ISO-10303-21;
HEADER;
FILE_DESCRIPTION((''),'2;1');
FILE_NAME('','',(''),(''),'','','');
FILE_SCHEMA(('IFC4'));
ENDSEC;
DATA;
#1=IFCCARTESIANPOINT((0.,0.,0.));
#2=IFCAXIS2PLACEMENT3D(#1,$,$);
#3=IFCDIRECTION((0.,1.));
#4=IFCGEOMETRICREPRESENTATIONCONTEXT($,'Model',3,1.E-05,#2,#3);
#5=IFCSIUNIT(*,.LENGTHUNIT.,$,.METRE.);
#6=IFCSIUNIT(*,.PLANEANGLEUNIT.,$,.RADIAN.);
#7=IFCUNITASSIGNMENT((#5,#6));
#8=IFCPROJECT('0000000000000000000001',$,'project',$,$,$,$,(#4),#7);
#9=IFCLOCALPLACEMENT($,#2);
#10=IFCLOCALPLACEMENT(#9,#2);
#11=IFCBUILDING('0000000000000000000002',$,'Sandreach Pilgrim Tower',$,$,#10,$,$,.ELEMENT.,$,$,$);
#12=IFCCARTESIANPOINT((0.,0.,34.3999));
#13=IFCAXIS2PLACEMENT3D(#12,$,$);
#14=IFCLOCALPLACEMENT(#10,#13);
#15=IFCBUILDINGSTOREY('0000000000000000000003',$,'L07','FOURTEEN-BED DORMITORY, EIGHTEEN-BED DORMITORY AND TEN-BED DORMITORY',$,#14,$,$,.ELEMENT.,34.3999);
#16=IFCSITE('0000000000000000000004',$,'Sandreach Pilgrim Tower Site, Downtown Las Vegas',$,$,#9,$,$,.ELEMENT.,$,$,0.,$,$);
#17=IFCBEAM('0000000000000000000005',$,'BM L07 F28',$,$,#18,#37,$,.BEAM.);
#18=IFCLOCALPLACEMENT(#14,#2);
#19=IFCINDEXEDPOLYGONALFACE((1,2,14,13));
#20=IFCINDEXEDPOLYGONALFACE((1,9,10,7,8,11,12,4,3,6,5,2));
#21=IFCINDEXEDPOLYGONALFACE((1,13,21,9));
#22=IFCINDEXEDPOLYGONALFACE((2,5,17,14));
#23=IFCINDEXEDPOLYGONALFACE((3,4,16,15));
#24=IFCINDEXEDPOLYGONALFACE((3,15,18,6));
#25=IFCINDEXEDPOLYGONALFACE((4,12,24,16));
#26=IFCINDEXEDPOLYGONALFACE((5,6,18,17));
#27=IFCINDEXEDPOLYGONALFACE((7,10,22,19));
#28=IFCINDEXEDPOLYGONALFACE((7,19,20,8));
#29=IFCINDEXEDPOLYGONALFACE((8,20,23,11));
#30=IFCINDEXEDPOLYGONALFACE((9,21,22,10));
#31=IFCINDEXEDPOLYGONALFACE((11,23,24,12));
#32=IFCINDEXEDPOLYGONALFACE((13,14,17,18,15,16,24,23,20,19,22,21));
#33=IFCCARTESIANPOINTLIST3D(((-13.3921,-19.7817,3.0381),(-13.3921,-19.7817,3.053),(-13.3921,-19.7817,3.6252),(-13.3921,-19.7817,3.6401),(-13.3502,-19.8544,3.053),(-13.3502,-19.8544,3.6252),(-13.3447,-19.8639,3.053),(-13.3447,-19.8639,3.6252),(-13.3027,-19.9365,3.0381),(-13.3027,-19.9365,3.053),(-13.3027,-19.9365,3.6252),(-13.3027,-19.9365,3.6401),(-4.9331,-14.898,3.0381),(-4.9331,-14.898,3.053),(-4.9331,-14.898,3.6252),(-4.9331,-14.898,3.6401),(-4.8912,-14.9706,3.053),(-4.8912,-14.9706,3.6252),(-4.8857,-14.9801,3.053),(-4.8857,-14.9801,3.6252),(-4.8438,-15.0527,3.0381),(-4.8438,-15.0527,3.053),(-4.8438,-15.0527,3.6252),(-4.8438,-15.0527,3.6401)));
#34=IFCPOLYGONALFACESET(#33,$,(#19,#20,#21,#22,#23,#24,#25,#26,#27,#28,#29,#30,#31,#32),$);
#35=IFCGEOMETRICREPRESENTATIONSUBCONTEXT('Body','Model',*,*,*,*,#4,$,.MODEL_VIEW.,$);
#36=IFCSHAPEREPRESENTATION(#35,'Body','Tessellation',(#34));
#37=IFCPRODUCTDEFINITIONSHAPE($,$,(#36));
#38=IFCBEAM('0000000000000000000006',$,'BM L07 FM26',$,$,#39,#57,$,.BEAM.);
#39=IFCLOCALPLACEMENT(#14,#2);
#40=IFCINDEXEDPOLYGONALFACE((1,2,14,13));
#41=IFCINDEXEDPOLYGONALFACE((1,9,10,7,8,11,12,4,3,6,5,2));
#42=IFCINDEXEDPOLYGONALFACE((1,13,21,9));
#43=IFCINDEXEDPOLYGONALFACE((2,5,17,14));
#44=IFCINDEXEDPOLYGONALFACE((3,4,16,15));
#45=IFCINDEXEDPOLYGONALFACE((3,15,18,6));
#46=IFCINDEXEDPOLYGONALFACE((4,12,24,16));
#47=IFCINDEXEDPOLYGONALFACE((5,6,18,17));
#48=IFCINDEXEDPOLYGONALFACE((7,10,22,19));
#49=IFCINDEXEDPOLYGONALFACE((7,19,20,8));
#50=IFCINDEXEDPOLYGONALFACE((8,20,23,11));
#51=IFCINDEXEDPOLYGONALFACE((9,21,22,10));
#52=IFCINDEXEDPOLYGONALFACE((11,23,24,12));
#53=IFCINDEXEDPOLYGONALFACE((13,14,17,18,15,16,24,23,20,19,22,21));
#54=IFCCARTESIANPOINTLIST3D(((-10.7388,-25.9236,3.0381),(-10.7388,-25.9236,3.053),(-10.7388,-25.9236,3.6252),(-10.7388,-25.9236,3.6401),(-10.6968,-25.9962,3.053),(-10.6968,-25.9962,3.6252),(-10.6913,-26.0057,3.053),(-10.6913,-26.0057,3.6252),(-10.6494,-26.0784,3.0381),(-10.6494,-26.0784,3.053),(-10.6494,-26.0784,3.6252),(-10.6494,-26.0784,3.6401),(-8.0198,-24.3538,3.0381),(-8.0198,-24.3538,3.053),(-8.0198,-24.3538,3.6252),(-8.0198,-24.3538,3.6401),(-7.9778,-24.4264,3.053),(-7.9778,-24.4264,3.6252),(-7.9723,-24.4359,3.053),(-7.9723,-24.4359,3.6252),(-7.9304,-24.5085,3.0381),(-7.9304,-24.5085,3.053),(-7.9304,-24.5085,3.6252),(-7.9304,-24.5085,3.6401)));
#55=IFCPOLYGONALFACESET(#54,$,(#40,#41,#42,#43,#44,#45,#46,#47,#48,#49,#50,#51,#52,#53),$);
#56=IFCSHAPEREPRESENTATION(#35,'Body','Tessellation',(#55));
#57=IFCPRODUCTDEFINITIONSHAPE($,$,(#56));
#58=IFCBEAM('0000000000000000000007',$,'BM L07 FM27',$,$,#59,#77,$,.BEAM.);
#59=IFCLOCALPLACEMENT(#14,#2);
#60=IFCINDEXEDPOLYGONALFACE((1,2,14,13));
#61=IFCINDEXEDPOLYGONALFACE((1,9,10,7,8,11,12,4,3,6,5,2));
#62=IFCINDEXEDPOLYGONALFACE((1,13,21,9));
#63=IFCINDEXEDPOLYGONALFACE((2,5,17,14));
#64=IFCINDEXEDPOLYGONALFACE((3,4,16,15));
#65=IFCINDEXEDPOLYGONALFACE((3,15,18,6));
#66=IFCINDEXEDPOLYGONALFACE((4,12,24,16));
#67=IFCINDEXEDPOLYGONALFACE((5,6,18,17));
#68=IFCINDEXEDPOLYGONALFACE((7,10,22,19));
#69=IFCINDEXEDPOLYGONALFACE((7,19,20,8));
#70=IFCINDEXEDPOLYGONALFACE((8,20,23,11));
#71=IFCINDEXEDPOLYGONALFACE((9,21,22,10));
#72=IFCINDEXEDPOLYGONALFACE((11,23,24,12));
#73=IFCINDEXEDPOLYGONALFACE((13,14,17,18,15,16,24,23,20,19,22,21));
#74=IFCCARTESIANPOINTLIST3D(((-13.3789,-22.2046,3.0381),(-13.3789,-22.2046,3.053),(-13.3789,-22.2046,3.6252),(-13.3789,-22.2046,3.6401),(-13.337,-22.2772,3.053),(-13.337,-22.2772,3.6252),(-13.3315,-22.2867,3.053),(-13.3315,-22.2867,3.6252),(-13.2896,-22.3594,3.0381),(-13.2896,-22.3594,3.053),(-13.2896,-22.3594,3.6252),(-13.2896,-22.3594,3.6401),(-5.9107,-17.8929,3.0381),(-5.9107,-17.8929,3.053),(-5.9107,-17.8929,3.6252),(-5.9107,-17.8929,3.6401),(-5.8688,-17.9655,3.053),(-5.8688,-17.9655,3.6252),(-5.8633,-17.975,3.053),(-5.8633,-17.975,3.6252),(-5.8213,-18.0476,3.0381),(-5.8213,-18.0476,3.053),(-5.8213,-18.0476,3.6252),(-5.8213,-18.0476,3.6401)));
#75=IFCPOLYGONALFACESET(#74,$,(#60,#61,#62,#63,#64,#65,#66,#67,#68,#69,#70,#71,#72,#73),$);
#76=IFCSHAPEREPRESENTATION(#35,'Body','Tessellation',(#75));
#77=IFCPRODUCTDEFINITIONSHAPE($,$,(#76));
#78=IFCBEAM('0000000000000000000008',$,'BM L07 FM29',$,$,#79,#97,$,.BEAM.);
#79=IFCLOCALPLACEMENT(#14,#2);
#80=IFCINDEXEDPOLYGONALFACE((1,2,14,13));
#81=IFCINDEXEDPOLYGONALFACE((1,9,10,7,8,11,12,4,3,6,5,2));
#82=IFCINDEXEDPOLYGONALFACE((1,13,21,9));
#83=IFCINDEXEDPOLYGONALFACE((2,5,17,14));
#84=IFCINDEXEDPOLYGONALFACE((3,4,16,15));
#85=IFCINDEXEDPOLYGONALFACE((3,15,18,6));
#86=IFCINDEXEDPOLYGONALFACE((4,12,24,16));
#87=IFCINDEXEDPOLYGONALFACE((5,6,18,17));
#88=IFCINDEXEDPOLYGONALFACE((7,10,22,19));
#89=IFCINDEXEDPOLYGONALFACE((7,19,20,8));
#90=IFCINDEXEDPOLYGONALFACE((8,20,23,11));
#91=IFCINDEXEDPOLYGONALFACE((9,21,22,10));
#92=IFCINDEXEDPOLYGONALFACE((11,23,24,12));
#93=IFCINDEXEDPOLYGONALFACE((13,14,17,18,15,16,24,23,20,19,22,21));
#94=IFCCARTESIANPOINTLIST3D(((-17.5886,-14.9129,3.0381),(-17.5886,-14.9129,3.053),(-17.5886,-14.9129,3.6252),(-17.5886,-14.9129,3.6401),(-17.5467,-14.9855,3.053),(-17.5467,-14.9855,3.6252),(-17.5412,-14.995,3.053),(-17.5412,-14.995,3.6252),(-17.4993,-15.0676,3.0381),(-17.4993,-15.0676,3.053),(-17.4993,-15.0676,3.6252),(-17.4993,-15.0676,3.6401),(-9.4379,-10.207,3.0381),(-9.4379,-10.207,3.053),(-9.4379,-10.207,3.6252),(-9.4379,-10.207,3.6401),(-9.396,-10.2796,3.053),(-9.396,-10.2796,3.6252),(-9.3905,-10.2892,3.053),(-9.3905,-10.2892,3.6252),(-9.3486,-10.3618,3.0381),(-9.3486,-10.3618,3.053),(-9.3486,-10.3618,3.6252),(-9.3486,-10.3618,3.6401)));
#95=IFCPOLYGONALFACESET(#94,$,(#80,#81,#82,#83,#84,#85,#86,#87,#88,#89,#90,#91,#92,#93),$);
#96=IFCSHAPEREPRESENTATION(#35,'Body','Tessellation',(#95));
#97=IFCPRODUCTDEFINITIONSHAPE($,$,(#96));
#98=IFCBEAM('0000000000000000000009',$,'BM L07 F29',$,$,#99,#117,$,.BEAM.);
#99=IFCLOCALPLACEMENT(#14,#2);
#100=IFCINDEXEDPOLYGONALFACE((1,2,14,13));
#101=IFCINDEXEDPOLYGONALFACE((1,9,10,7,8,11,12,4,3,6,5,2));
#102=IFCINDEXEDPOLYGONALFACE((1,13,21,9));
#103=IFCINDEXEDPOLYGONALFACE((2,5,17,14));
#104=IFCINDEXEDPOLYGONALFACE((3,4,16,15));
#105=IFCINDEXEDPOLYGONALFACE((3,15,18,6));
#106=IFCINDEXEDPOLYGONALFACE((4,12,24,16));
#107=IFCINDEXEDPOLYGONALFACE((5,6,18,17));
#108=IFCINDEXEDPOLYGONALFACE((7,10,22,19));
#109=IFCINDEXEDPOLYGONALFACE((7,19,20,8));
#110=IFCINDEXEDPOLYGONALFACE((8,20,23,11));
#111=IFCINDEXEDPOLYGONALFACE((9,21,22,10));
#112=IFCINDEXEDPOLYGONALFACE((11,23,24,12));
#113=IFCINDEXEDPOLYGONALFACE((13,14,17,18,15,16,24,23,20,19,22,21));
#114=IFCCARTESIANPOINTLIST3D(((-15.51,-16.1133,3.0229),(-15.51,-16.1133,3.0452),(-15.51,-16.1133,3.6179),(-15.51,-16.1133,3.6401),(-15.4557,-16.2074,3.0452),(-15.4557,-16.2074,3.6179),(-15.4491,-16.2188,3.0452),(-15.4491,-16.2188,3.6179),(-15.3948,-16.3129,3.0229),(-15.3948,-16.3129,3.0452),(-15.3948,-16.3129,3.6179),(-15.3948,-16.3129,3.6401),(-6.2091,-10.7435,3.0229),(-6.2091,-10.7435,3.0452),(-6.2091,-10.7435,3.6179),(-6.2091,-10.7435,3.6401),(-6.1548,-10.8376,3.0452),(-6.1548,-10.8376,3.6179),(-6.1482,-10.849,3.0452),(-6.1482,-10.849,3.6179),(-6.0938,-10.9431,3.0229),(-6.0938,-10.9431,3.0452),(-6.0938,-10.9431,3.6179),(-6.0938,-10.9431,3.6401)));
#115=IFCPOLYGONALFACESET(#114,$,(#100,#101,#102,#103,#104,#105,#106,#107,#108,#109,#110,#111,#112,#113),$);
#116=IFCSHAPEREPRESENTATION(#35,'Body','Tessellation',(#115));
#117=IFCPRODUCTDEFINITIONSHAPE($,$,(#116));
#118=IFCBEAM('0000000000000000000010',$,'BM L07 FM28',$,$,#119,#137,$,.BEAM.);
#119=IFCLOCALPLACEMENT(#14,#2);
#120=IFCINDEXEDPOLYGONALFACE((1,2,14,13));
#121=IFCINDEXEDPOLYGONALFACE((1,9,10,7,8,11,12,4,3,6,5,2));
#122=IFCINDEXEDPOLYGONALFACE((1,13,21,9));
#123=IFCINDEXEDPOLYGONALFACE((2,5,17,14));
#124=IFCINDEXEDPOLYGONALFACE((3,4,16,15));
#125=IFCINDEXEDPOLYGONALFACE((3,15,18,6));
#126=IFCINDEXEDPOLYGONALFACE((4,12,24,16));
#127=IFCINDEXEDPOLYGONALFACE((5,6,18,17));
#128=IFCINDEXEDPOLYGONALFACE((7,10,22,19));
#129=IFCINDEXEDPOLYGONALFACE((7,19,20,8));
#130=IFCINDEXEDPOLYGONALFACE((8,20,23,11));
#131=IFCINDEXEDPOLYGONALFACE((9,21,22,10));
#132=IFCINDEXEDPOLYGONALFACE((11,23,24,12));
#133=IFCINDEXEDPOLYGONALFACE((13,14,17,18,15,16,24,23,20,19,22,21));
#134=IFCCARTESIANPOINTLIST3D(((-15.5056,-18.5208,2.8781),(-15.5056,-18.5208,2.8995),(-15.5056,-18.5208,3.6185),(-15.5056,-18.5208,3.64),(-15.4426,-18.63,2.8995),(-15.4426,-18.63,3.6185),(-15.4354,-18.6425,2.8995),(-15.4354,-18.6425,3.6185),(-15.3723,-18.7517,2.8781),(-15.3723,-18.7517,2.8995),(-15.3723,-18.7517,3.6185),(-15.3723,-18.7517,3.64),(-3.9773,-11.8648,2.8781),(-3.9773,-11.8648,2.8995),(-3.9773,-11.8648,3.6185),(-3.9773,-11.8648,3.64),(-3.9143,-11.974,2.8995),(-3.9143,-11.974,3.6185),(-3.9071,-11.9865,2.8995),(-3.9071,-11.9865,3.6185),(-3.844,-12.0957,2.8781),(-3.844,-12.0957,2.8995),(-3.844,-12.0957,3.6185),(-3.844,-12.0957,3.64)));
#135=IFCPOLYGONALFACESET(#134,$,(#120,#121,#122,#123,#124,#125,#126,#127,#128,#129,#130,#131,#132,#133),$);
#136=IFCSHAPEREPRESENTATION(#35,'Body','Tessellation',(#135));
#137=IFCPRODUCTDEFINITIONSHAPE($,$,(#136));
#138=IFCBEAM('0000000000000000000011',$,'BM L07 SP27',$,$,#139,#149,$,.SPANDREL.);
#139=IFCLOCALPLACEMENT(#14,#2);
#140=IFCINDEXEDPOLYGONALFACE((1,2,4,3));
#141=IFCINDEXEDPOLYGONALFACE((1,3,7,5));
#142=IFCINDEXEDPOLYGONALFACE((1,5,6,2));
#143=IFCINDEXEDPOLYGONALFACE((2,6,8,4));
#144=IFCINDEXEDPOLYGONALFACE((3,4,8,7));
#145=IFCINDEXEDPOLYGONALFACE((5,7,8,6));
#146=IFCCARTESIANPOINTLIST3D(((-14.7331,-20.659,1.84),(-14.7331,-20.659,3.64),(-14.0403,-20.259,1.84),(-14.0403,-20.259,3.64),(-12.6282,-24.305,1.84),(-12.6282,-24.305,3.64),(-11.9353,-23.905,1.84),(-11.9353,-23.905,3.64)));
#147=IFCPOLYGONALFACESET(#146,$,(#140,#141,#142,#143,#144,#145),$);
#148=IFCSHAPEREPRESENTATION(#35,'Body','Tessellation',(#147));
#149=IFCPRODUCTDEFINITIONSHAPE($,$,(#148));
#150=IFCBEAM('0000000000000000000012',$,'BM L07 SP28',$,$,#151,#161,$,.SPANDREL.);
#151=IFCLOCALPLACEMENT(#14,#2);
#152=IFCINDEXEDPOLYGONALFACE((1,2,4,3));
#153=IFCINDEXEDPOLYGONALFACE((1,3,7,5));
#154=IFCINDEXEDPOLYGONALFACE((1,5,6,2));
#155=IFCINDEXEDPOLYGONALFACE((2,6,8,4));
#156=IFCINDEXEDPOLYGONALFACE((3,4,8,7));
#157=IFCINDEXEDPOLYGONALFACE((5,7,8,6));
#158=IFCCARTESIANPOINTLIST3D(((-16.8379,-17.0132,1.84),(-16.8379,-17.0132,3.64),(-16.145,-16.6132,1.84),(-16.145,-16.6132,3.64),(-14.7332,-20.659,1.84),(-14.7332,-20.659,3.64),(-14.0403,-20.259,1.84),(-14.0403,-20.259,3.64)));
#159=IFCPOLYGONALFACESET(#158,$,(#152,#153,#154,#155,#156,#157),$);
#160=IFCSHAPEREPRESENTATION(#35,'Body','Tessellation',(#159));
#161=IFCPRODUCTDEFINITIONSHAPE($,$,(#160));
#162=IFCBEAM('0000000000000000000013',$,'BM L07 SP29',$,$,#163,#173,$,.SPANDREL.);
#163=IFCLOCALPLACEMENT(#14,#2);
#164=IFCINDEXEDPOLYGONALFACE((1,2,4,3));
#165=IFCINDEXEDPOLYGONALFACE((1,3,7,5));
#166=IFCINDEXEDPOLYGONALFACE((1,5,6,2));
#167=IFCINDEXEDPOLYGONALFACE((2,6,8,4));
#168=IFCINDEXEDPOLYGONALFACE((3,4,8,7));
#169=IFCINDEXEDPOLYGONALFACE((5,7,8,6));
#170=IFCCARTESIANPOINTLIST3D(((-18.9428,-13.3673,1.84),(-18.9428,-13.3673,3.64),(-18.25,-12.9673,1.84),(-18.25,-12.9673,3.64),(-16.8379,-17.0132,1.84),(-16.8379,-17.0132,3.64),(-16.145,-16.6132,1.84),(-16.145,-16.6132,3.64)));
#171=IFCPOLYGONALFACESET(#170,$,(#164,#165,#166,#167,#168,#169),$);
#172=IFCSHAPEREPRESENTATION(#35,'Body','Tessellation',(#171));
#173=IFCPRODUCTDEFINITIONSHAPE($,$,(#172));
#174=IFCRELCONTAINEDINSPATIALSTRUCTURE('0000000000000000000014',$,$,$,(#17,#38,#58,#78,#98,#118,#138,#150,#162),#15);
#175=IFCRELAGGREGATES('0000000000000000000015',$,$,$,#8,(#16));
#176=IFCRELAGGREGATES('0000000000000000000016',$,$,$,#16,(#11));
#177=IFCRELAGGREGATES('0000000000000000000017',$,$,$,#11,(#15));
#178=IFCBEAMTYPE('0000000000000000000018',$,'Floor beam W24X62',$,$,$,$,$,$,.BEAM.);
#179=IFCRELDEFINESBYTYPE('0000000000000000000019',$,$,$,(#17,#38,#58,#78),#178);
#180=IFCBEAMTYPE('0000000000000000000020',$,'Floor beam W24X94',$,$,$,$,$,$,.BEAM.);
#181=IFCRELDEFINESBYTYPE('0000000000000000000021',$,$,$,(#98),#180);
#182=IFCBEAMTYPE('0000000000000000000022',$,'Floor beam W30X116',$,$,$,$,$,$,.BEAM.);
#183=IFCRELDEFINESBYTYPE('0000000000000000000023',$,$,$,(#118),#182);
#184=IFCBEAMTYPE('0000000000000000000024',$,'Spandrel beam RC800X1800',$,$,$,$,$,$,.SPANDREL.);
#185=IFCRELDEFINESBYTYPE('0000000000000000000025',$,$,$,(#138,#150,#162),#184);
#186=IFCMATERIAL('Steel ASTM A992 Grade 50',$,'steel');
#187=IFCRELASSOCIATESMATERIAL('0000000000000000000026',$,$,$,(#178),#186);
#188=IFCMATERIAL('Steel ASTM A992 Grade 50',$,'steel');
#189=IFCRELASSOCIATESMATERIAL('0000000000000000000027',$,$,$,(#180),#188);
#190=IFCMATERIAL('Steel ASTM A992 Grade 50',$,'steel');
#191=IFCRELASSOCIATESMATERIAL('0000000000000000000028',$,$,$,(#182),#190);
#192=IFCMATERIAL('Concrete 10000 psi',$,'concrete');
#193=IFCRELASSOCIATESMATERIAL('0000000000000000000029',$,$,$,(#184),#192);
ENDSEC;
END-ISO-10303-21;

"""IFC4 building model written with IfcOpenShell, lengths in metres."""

from ifc_helpers import new_model, si_unit, direction, frame, origin, origin_2d, place, context, subcontext, project, spatial, rectangle, i_section, extrude, material, material_profile, profile_set, type_object, element, save


model = new_model("IFC4")

# Units and contexts
model_context = context("Model", 3, precision=1e-05, world=origin(), true_north=direction((0.0, 1.0)))
body_context = subcontext(model_context, "Body", "Model", "MODEL_VIEW")
ifc_project = project(units=[si_unit("LENGTHUNIT", "METRE"), si_unit("PLANEANGLEUNIT", "RADIAN")], contexts=[model_context])

# Site, building, storey
site_placement = place(None, origin())
site = spatial("IfcSite", under=ifc_project, at=site_placement, Name="Sandreach Pilgrim Tower Site, Downtown Las Vegas", CompositionType="ELEMENT", RefElevation=0.0)
building_placement = place(site_placement, origin())
building = spatial("IfcBuilding", under=site, at=building_placement, Name="Sandreach Pilgrim Tower", CompositionType="ELEMENT")
storey_placement = place(building_placement, frame((0.0, 0.0, 34.3999)))
storey = spatial("IfcBuildingStorey", under=building, at=storey_placement, Name="L07", Description="FOURTEEN-BED DORMITORY, EIGHTEEN-BED DORMITORY AND TEN-BED DORMITORY", CompositionType="ELEMENT", Elevation=34.3999)

# Beams
ifc_material_1 = material(Name="Steel ASTM A992 Grade 50", Category="steel")
ifc_material_profile_1 = material_profile(ifc_material_1, i_section(OverallWidth=0.1787, OverallDepth=0.6021, WebThickness=0.011, FlangeThickness=0.0149, at=origin_2d()), Name="W24X62")
ifc_profile_set_1 = profile_set([ifc_material_profile_1], Name="Steel ASTM A992 Grade 50")
beam_type_1 = type_object("IfcBeamType", Name="Floor beam W24X62", PredefinedType="BEAM", material=ifc_profile_set_1)
beam_1_placement = place(storey_placement, frame((-13.3474, -19.8591, 3.3391), z_axis=(0.866026, 0.499999, 0.0), x_axis=(-0.499999, 0.866026, 0.0)))
element("IfcBeam", 1, at=beam_1_placement, inside=storey, type_object=beam_type_1, Name="BM L07 F28", PredefinedType="BEAM", context=body_context, shape_type="SweptSolid", body=[
    extrude(i_section(OverallWidth=0.1787, OverallDepth=0.6021, WebThickness=0.011, FlangeThickness=0.0149, at=origin_2d()), origin(), (0.0, 0.0, 1.0), 9.7676),
])
beam_2_placement = place(storey_placement, frame((-10.6941, -26.001, 3.3391), z_axis=(0.866024, 0.500003, 0.0), x_axis=(-0.500003, 0.866024, 0.0)))
element("IfcBeam", 2, at=beam_2_placement, inside=storey, type_object=beam_type_1, Name="BM L07 FM26", PredefinedType="BEAM", context=body_context, shape_type="SweptSolid", body=[
    extrude(i_section(OverallWidth=0.1787, OverallDepth=0.6021, WebThickness=0.011, FlangeThickness=0.0149, at=origin_2d()), origin(), (0.0, 0.0, 1.0), 3.1396),
])
beam_3_placement = place(storey_placement, frame((-13.3342, -22.282, 3.3391), z_axis=(0.866027, 0.499997, 0.0), x_axis=(-0.499997, 0.866027, 0.0)))
element("IfcBeam", 3, at=beam_3_placement, inside=storey, type_object=beam_type_1, Name="BM L07 FM27", PredefinedType="BEAM", context=body_context, shape_type="SweptSolid", body=[
    extrude(i_section(OverallWidth=0.1787, OverallDepth=0.6021, WebThickness=0.011, FlangeThickness=0.0149, at=origin_2d()), origin(), (0.0, 0.0, 1.0), 8.6235),
])
beam_4_placement = place(storey_placement, frame((-17.5439, -14.9902, 3.3391), z_axis=(0.866024, 0.500003, 0.0), x_axis=(-0.500003, 0.866024, 0.0)))
element("IfcBeam", 4, at=beam_4_placement, inside=storey, type_object=beam_type_1, Name="BM L07 FM29", PredefinedType="BEAM", context=body_context, shape_type="SweptSolid", body=[
    extrude(i_section(OverallWidth=0.1787, OverallDepth=0.6021, WebThickness=0.011, FlangeThickness=0.0149, at=origin_2d()), origin(), (0.0, 0.0, 1.0), 9.4116),
])
ifc_material_2 = material(Name="Steel ASTM A992 Grade 50", Category="steel")
ifc_material_profile_2 = material_profile(ifc_material_2, i_section(OverallWidth=0.2305, OverallDepth=0.6172, WebThickness=0.0132, FlangeThickness=0.0222, at=origin_2d()), Name="W24X94")
ifc_profile_set_2 = profile_set([ifc_material_profile_2], Name="Steel ASTM A992 Grade 50")
beam_type_2 = type_object("IfcBeamType", Name="Floor beam W24X94", PredefinedType="BEAM", material=ifc_profile_set_2)
beam_5_placement = place(storey_placement, frame((-15.4524, -16.2131, 3.3315), z_axis=(0.866028, 0.499995, 0.0), x_axis=(-0.499995, 0.866028, 0.0)))
element("IfcBeam", 5, at=beam_5_placement, inside=storey, type_object=beam_type_2, Name="BM L07 F29", PredefinedType="BEAM", context=body_context, shape_type="SweptSolid", body=[
    extrude(i_section(OverallWidth=0.2305, OverallDepth=0.6172, WebThickness=0.0132, FlangeThickness=0.0222, at=origin_2d()), origin(), (0.0, 0.0, 1.0), 10.7397),
])
ifc_material_3 = material(Name="Steel ASTM A992 Grade 50", Category="steel")
ifc_material_profile_3 = material_profile(ifc_material_3, i_section(OverallWidth=0.2666, OverallDepth=0.762, WebThickness=0.0144, FlangeThickness=0.0215, at=origin_2d()), Name="W30X116")
ifc_profile_set_3 = profile_set([ifc_material_profile_3], Name="Steel ASTM A992 Grade 50")
beam_type_3 = type_object("IfcBeamType", Name="Floor beam W30X116", PredefinedType="BEAM", material=ifc_profile_set_3)
beam_6_placement = place(storey_placement, frame((-15.439, -18.6362, 3.259), z_axis=(0.866021, 0.500007, 0.0), x_axis=(-0.500007, 0.866021, 0.0)))
element("IfcBeam", 6, at=beam_6_placement, inside=storey, type_object=beam_type_3, Name="BM L07 FM28", PredefinedType="BEAM", context=body_context, shape_type="SweptSolid", body=[
    extrude(i_section(OverallWidth=0.2666, OverallDepth=0.762, WebThickness=0.0144, FlangeThickness=0.0215, at=origin_2d()), origin(), (0.0, 0.0, 1.0), 13.3118),
])
ifc_material_4 = material(Name="Concrete 10000 psi", Category="concrete")
ifc_material_profile_4 = material_profile(ifc_material_4, rectangle(XDim=0.8, YDim=1.8, at=origin_2d()), Name="RC800X1800")
ifc_profile_set_4 = profile_set([ifc_material_profile_4], Name="Concrete 10000 psi")
beam_type_4 = type_object("IfcBeamType", Name="Spandrel beam RC800X1800", PredefinedType="SPANDREL", material=ifc_profile_set_4)
beam_7_placement = place(storey_placement, frame((-12.2817, -24.105, 2.74), z_axis=(-0.499994, 0.866029, 0.0), x_axis=(-0.866029, -0.499994, 0.0)))
element("IfcBeam", 7, at=beam_7_placement, inside=storey, type_object=beam_type_4, Name="BM L07 SP27", PredefinedType="SPANDREL", context=body_context, shape_type="SweptSolid", body=[
    extrude(rectangle(XDim=0.8, YDim=1.8, at=origin_2d()), origin(), (0.0, 0.0, 1.0), 4.21),
])
beam_8_placement = place(storey_placement, frame((-14.3867, -20.459, 2.74), z_axis=(-0.499975, 0.86604, 0.0), x_axis=(-0.86604, -0.499975, 0.0)))
element("IfcBeam", 8, at=beam_8_placement, inside=storey, type_object=beam_type_4, Name="BM L07 SP28", PredefinedType="SPANDREL", context=body_context, shape_type="SweptSolid", body=[
    extrude(rectangle(XDim=0.8, YDim=1.8, at=origin_2d()), origin(), (0.0, 0.0, 1.0), 4.2097),
])
beam_9_placement = place(storey_placement, frame((-16.4915, -16.8132, 2.74), z_axis=(-0.499994, 0.866029, 0.0), x_axis=(-0.866029, -0.499994, 0.0)))
element("IfcBeam", 9, at=beam_9_placement, inside=storey, type_object=beam_type_4, Name="BM L07 SP29", PredefinedType="SPANDREL", context=body_context, shape_type="SweptSolid", body=[
    extrude(rectangle(XDim=0.8, YDim=1.8, at=origin_2d()), origin(), (0.0, 0.0, 1.0), 4.21),
])

save(model, "model.ifc")
